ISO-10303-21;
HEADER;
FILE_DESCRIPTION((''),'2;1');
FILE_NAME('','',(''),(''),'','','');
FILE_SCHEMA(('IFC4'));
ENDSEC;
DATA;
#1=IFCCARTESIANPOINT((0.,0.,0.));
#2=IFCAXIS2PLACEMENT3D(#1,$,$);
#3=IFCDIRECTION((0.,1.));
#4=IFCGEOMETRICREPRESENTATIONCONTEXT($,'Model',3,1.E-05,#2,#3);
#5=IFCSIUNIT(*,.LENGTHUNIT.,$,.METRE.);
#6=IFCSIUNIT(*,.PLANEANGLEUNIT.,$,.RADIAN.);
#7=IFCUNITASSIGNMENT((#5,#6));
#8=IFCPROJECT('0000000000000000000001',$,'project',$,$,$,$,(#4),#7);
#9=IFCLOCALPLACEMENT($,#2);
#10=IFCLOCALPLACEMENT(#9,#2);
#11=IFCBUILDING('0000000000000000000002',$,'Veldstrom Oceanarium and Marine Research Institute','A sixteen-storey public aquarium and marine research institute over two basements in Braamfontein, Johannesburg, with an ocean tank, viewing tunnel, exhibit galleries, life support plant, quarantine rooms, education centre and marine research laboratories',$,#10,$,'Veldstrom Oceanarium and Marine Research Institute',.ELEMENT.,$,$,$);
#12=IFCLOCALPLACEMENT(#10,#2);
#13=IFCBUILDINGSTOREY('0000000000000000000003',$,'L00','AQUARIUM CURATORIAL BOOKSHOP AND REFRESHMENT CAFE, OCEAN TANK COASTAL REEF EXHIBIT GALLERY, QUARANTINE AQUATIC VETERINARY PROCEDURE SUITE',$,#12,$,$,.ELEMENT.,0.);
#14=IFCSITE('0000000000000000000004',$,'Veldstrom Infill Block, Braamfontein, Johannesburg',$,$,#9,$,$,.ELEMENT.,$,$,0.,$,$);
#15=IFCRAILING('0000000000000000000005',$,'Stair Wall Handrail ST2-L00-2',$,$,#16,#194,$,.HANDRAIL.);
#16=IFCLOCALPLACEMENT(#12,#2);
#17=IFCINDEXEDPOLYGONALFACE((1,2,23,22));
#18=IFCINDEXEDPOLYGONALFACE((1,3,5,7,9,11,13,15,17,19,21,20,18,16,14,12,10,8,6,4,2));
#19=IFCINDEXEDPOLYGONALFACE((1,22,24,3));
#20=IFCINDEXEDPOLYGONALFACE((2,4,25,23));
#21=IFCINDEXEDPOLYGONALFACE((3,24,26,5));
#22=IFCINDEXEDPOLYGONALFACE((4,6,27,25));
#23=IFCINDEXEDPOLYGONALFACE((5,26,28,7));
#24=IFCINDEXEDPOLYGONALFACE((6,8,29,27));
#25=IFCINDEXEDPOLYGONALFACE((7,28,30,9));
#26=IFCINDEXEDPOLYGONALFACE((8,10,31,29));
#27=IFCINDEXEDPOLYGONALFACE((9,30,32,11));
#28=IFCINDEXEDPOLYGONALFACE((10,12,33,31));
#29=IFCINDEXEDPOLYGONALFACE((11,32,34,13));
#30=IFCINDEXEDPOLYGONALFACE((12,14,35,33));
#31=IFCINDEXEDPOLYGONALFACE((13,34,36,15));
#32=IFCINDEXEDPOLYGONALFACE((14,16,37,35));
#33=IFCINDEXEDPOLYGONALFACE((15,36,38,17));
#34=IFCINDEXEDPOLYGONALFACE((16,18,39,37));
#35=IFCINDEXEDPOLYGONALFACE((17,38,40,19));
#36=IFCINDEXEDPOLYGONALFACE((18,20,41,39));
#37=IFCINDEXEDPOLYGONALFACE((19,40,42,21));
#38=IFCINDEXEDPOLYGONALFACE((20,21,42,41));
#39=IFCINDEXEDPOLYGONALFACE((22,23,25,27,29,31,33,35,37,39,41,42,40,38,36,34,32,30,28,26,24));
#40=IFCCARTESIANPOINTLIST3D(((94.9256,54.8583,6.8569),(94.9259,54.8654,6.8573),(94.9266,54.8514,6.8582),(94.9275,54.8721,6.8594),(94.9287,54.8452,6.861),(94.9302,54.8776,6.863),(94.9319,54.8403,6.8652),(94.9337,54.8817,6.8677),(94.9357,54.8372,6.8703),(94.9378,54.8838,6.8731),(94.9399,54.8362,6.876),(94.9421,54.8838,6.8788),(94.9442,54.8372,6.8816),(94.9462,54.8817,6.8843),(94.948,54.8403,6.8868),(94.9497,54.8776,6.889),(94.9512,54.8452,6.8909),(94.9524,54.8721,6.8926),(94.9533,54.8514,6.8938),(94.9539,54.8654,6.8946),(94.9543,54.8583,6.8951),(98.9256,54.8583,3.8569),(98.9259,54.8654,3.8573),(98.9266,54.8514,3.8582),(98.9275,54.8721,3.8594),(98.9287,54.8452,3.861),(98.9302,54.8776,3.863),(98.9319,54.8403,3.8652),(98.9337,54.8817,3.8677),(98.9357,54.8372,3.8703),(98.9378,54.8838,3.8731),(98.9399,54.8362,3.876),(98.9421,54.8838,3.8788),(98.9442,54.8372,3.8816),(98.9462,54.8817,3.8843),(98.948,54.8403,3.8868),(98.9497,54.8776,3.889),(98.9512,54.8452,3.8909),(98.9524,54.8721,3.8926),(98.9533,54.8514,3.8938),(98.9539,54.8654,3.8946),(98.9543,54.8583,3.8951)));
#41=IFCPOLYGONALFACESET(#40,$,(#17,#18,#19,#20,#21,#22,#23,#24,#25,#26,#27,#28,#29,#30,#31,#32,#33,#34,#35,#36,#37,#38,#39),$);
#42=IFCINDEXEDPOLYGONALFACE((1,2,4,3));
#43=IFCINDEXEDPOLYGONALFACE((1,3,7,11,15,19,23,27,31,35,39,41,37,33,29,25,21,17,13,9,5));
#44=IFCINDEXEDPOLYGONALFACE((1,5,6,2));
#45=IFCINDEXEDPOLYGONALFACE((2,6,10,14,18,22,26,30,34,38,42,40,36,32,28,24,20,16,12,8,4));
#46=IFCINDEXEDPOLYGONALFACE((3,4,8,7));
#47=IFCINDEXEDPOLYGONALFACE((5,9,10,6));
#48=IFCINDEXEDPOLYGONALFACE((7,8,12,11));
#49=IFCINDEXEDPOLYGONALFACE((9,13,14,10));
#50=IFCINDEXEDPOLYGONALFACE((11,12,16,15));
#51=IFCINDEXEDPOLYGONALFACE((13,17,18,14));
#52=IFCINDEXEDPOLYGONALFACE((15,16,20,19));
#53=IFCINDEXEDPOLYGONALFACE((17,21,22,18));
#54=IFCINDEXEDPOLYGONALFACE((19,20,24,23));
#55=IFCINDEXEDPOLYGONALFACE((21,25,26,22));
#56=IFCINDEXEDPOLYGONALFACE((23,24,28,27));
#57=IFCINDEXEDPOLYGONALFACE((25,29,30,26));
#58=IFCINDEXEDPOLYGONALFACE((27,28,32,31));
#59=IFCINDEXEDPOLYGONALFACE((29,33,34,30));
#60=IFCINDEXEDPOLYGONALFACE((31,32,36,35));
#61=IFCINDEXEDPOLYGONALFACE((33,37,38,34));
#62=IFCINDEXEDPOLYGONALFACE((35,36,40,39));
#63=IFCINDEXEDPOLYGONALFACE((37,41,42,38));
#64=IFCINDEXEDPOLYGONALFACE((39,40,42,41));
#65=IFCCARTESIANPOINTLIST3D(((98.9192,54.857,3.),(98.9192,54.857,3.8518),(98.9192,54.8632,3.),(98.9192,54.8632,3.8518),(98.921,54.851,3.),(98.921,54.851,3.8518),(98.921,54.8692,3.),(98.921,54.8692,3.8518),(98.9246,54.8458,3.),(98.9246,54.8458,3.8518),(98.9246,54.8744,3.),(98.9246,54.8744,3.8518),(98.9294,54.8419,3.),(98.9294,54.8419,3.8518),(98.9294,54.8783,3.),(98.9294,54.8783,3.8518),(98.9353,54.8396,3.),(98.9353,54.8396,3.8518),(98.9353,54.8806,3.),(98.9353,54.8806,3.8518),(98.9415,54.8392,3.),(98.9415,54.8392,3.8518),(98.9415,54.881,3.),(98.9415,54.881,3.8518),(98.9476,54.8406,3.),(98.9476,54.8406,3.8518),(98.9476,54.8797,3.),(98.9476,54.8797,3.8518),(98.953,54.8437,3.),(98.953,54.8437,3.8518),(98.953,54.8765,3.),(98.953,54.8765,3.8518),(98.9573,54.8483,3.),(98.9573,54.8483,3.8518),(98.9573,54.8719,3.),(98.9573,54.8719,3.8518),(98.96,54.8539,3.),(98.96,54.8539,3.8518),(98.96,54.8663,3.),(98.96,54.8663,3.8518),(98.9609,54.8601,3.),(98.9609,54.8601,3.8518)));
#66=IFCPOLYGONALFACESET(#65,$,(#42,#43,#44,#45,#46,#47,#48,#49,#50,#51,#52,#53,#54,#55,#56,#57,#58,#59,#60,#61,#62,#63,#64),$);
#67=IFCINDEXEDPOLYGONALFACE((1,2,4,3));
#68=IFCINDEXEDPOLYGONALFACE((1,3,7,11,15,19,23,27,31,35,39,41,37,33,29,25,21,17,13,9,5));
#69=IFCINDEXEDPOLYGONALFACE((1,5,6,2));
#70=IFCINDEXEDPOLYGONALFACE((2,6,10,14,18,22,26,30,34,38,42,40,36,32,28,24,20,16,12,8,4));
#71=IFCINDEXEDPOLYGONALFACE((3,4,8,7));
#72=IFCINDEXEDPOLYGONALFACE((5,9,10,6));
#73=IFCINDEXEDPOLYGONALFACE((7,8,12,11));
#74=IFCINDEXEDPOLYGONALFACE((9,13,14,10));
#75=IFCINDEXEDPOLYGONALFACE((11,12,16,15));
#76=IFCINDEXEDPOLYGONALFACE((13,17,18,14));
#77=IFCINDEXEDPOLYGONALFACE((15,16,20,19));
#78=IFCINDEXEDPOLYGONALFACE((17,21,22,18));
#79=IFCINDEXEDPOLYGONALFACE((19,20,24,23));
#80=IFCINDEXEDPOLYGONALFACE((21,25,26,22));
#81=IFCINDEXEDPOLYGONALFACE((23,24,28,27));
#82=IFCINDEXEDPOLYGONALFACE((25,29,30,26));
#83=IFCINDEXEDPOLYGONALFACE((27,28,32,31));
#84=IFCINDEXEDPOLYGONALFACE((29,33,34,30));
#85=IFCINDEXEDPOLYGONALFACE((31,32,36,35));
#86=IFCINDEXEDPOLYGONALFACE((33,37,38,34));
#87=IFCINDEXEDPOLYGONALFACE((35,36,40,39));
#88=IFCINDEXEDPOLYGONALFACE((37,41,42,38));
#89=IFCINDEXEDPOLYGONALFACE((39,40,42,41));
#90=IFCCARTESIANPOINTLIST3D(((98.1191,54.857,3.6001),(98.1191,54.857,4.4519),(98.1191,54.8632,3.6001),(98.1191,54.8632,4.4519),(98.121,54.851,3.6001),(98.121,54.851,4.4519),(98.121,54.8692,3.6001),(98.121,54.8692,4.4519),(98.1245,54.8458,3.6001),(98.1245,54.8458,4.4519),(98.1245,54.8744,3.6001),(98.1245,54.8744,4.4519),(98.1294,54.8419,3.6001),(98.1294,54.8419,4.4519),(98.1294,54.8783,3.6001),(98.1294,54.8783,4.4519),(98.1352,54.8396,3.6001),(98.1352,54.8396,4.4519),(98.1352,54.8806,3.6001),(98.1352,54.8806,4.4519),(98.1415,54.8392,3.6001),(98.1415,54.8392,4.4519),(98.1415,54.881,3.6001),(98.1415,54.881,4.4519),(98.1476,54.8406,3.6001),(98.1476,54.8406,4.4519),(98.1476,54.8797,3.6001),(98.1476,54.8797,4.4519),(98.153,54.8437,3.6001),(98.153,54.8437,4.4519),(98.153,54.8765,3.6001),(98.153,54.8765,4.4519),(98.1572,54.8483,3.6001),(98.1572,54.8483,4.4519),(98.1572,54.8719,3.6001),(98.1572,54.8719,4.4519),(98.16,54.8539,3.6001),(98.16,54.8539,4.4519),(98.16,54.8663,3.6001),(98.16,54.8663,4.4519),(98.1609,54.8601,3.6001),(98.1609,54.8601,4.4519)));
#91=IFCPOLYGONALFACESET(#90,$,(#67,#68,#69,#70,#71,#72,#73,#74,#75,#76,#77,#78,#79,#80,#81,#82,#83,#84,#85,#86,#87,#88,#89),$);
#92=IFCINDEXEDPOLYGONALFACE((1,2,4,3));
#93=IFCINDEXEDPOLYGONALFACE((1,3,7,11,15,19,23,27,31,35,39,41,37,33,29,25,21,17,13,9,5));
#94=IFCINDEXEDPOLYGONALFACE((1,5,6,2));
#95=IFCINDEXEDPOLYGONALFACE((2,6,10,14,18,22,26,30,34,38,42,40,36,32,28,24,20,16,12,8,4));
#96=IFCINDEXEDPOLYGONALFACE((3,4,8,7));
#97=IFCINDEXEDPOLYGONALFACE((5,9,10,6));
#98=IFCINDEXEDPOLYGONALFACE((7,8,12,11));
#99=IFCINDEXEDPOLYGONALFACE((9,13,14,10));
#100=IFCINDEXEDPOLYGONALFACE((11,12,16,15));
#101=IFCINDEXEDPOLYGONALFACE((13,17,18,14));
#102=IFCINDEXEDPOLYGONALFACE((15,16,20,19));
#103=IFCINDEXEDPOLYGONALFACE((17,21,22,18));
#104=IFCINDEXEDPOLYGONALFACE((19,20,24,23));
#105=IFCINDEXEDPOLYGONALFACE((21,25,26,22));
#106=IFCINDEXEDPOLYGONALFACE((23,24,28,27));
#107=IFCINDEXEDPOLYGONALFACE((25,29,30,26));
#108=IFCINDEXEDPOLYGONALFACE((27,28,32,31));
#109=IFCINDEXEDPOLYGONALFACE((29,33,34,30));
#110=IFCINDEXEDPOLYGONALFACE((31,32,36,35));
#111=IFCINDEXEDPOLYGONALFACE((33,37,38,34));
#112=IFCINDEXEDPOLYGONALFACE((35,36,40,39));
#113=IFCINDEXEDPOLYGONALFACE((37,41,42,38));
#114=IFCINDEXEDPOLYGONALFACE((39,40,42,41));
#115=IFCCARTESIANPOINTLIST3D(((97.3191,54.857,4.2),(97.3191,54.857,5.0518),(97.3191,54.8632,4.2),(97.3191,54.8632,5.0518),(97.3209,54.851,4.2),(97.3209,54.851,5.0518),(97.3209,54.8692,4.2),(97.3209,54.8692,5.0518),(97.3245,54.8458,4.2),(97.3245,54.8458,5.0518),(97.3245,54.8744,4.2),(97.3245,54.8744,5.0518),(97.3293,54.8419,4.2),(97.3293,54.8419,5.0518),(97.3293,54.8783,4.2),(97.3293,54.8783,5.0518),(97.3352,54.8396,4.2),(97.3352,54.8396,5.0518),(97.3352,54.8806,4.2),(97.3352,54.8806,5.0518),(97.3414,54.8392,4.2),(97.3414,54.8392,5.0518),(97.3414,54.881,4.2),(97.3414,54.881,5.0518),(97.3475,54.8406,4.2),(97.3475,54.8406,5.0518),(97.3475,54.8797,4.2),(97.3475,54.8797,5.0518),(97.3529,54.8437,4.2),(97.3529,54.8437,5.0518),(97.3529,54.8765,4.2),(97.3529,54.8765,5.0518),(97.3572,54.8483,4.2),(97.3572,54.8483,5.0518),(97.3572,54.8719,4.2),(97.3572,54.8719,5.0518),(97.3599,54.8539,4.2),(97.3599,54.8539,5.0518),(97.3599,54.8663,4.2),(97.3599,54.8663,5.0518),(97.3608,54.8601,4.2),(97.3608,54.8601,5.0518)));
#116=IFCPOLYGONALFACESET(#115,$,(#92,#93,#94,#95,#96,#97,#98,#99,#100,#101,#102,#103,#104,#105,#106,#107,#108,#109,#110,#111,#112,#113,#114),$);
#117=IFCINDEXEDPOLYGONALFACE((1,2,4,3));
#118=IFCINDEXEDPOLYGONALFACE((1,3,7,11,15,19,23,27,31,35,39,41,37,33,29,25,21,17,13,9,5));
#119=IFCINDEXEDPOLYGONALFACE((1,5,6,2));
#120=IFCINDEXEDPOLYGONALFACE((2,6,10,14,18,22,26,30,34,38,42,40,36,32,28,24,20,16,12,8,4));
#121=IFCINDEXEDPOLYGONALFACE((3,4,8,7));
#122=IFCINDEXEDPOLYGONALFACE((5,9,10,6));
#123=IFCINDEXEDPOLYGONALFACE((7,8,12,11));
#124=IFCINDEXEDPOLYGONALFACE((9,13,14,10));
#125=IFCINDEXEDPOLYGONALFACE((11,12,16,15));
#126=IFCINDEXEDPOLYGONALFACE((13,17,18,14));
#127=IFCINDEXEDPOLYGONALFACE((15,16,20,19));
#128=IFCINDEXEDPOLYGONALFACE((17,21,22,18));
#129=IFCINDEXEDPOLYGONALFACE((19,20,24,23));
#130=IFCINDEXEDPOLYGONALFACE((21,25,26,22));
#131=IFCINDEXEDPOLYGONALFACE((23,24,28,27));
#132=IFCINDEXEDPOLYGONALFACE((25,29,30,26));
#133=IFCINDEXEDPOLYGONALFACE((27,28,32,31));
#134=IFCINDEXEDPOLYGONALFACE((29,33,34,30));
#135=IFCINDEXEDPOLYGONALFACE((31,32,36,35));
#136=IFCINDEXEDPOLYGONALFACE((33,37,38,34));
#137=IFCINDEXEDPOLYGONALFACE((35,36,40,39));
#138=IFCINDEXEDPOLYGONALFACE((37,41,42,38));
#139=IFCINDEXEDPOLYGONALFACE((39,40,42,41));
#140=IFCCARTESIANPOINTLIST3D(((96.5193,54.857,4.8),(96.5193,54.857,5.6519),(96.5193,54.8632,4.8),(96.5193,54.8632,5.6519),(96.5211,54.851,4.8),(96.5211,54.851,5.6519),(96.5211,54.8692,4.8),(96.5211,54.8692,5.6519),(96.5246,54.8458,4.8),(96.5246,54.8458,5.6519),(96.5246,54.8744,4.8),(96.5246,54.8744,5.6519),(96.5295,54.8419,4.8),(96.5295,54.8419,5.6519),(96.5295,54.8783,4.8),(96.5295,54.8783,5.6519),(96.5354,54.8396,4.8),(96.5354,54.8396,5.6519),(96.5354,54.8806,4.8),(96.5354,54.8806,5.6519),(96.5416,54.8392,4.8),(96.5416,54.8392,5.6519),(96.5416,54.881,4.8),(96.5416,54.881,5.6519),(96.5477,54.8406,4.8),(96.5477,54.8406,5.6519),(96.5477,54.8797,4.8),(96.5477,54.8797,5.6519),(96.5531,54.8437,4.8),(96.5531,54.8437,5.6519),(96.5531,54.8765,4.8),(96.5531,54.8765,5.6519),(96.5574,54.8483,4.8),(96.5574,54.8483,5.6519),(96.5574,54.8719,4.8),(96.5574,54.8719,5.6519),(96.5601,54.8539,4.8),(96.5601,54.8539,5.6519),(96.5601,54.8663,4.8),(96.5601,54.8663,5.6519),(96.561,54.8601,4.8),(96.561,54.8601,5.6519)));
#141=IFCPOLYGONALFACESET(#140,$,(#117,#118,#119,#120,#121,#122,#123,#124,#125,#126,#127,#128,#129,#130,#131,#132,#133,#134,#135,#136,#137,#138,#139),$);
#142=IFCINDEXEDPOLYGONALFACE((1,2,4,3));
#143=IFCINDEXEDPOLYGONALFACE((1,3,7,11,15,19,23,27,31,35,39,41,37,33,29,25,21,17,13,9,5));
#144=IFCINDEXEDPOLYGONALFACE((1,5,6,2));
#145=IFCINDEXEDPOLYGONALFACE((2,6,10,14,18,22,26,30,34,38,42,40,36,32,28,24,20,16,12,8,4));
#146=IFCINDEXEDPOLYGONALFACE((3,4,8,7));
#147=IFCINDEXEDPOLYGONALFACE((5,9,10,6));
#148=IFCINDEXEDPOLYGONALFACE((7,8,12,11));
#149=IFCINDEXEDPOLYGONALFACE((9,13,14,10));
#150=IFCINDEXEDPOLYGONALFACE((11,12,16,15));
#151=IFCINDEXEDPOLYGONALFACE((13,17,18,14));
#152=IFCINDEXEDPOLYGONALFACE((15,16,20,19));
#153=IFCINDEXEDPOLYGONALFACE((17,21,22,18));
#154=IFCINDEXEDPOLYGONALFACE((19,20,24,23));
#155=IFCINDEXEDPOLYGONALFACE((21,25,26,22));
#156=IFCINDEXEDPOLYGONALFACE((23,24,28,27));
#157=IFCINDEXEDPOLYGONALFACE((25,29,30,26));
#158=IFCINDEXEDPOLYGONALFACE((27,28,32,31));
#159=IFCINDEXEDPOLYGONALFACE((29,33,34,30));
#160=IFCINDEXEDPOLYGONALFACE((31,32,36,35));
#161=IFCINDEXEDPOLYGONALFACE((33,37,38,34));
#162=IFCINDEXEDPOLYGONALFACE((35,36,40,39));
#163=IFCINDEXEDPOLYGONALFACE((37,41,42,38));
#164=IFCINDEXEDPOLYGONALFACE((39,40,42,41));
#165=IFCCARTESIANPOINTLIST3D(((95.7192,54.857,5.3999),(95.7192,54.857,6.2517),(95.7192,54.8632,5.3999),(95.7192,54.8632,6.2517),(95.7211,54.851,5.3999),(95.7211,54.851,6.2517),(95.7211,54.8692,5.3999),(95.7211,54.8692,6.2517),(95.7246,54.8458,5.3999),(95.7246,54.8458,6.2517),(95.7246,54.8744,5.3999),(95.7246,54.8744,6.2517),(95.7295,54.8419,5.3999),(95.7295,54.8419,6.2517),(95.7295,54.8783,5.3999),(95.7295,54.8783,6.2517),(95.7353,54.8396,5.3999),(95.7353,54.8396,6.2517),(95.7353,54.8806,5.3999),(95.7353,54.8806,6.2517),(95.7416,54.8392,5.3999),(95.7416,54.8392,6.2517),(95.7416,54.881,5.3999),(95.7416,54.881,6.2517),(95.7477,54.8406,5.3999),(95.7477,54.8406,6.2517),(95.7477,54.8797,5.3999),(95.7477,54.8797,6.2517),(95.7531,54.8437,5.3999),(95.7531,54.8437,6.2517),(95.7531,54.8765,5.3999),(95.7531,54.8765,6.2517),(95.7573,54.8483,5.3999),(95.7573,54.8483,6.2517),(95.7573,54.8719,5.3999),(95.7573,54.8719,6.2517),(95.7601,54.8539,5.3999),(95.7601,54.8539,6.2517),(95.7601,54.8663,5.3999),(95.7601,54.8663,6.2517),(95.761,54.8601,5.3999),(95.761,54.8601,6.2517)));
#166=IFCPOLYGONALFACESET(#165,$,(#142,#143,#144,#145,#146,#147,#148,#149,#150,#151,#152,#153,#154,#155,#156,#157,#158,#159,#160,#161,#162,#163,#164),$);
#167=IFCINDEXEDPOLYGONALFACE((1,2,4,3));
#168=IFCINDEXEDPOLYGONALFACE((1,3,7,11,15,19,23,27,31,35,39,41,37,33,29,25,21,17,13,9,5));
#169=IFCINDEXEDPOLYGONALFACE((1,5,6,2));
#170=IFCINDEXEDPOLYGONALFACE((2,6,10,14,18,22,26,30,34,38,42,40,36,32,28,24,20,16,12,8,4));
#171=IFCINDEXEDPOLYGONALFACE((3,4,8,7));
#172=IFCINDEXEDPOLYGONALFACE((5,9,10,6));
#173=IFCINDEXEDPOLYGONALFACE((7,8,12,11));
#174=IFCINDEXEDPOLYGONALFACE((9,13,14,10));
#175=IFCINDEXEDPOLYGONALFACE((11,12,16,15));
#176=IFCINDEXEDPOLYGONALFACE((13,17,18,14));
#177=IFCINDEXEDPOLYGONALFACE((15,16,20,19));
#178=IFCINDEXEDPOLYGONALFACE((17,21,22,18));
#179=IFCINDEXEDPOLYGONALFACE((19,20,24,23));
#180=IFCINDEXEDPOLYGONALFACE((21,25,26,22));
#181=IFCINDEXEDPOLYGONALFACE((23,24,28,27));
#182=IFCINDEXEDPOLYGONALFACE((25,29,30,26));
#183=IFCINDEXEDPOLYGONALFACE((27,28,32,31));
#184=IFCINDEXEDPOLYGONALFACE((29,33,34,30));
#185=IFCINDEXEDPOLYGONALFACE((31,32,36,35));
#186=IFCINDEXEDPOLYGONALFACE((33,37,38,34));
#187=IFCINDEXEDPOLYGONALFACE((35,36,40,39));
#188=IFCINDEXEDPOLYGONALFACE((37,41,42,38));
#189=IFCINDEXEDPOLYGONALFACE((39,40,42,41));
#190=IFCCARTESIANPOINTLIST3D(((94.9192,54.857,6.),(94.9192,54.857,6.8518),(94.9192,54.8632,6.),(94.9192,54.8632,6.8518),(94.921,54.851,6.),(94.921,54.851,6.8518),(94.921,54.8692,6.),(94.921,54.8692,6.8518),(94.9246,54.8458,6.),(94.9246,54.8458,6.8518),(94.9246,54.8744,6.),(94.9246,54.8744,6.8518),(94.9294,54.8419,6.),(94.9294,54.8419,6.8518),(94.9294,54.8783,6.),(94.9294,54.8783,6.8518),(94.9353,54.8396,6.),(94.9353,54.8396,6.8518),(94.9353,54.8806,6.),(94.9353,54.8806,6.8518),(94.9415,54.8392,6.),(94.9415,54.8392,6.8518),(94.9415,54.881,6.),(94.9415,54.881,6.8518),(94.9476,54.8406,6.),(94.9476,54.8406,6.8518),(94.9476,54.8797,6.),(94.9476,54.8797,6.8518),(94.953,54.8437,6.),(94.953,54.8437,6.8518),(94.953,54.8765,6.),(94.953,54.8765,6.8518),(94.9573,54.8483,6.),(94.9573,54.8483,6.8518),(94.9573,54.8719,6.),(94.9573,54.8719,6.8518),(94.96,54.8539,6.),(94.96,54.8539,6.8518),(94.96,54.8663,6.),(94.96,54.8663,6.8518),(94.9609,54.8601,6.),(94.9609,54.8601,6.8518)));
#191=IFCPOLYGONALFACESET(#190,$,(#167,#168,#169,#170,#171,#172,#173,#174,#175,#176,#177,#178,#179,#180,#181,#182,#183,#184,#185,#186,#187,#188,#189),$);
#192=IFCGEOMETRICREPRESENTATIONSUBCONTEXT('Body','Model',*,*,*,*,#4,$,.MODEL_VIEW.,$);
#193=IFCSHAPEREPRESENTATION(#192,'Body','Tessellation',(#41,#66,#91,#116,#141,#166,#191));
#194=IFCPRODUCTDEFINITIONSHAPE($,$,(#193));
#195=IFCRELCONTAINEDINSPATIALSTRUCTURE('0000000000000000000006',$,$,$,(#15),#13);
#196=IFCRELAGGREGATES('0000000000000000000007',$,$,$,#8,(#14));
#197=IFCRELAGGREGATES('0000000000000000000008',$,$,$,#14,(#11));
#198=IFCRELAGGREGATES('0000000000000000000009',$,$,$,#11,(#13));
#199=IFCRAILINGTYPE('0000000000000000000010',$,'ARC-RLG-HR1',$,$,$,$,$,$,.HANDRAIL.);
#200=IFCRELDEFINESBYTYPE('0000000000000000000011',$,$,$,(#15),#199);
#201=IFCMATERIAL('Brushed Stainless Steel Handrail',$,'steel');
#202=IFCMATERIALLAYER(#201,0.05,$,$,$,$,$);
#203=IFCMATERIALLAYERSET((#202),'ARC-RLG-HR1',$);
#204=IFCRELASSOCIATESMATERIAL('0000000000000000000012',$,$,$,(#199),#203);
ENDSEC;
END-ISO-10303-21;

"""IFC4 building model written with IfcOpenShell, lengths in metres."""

from ifc_helpers import new_model, si_unit, direction, frame, origin, origin_2d, place, context, subcontext, project, spatial, circle, extrude, material, layer, layer_set, type_object, element, save


model = new_model("IFC4")

# Units and contexts
model_context = context("Model", 3, precision=1e-05, world=origin(), true_north=direction((0.0, 1.0)))
body_context = subcontext(model_context, "Body", "Model", "MODEL_VIEW")
ifc_project = project(units=[si_unit("LENGTHUNIT", "METRE"), si_unit("PLANEANGLEUNIT", "RADIAN")], contexts=[model_context])

# Site, building, storey
site_placement = place(None, origin())
site = spatial("IfcSite", under=ifc_project, at=site_placement, Name="Veldstrom Infill Block, Braamfontein, Johannesburg", CompositionType="ELEMENT", RefElevation=0.0)
building_placement = place(site_placement, origin())
building = spatial("IfcBuilding", under=site, at=building_placement, Name="Veldstrom Oceanarium and Marine Research Institute", Description="A sixteen-storey public aquarium and marine research institute over two basements in Braamfontein, Johannesburg, with an ocean tank, viewing tunnel, exhibit galleries, life support plant, quarantine rooms, education centre and marine research laboratories", LongName="Veldstrom Oceanarium and Marine Research Institute", CompositionType="ELEMENT")
storey_placement = place(building_placement, origin())
storey = spatial("IfcBuildingStorey", under=building, at=storey_placement, Name="L00", Description="AQUARIUM CURATORIAL BOOKSHOP AND REFRESHMENT CAFE, OCEAN TANK COASTAL REEF EXHIBIT GALLERY, QUARANTINE AQUATIC VETERINARY PROCEDURE SUITE", CompositionType="ELEMENT", Elevation=0.0)

# Railing
ifc_material_1 = material(Name="Brushed Stainless Steel Handrail", Category="steel")
ifc_layer_1 = layer(ifc_material_1, 0.05)
ifc_layer_set_1 = layer_set([ifc_layer_1], Name="ARC-RLG-HR1")
railing_type_1 = type_object("IfcRailingType", Name="ARC-RLG-HR1", PredefinedType="HANDRAIL", material=ifc_layer_set_1)
railing_1_placement = place(storey_placement, frame((98.9399, 54.8601, 3.0)))
element("IfcRailing", 1, at=railing_1_placement, inside=storey, type_object=railing_type_1, Name="Stair Wall Handrail ST2-L00-2", PredefinedType="HANDRAIL", context=body_context, shape_type="SweptSolid", body=[
    extrude(circle(Radius=0.0239, at=origin_2d()), frame((0.0, 0.0, 0.876), z_axis=(-0.8, 0.0, 0.6), x_axis=(0.0, -1.0, 0.0)), (0.0, 0.0, 1.0), 5.0),
    extrude(circle(Radius=0.021, at=origin_2d()), origin(), (0.0, 0.0, 1.0), 0.8518),
    extrude(circle(Radius=0.021, at=origin_2d()), frame((-0.8, 0.0, 0.6001)), (0.0, 0.0, 1.0), 0.8518),
    extrude(circle(Radius=0.021, at=origin_2d()), frame((-1.6001, 0.0, 1.2)), (0.0, 0.0, 1.0), 0.8518),
    extrude(circle(Radius=0.021, at=origin_2d()), frame((-2.3999, 0.0, 1.8)), (0.0, 0.0, 1.0), 0.8518),
    extrude(circle(Radius=0.021, at=origin_2d()), frame((-3.2, 0.0, 2.3999)), (0.0, 0.0, 1.0), 0.8518),
    extrude(circle(Radius=0.021, at=origin_2d()), frame((-4.0, 0.0, 3.0)), (0.0, 0.0, 1.0), 0.8518),
])

save(model, "model.ifc")
